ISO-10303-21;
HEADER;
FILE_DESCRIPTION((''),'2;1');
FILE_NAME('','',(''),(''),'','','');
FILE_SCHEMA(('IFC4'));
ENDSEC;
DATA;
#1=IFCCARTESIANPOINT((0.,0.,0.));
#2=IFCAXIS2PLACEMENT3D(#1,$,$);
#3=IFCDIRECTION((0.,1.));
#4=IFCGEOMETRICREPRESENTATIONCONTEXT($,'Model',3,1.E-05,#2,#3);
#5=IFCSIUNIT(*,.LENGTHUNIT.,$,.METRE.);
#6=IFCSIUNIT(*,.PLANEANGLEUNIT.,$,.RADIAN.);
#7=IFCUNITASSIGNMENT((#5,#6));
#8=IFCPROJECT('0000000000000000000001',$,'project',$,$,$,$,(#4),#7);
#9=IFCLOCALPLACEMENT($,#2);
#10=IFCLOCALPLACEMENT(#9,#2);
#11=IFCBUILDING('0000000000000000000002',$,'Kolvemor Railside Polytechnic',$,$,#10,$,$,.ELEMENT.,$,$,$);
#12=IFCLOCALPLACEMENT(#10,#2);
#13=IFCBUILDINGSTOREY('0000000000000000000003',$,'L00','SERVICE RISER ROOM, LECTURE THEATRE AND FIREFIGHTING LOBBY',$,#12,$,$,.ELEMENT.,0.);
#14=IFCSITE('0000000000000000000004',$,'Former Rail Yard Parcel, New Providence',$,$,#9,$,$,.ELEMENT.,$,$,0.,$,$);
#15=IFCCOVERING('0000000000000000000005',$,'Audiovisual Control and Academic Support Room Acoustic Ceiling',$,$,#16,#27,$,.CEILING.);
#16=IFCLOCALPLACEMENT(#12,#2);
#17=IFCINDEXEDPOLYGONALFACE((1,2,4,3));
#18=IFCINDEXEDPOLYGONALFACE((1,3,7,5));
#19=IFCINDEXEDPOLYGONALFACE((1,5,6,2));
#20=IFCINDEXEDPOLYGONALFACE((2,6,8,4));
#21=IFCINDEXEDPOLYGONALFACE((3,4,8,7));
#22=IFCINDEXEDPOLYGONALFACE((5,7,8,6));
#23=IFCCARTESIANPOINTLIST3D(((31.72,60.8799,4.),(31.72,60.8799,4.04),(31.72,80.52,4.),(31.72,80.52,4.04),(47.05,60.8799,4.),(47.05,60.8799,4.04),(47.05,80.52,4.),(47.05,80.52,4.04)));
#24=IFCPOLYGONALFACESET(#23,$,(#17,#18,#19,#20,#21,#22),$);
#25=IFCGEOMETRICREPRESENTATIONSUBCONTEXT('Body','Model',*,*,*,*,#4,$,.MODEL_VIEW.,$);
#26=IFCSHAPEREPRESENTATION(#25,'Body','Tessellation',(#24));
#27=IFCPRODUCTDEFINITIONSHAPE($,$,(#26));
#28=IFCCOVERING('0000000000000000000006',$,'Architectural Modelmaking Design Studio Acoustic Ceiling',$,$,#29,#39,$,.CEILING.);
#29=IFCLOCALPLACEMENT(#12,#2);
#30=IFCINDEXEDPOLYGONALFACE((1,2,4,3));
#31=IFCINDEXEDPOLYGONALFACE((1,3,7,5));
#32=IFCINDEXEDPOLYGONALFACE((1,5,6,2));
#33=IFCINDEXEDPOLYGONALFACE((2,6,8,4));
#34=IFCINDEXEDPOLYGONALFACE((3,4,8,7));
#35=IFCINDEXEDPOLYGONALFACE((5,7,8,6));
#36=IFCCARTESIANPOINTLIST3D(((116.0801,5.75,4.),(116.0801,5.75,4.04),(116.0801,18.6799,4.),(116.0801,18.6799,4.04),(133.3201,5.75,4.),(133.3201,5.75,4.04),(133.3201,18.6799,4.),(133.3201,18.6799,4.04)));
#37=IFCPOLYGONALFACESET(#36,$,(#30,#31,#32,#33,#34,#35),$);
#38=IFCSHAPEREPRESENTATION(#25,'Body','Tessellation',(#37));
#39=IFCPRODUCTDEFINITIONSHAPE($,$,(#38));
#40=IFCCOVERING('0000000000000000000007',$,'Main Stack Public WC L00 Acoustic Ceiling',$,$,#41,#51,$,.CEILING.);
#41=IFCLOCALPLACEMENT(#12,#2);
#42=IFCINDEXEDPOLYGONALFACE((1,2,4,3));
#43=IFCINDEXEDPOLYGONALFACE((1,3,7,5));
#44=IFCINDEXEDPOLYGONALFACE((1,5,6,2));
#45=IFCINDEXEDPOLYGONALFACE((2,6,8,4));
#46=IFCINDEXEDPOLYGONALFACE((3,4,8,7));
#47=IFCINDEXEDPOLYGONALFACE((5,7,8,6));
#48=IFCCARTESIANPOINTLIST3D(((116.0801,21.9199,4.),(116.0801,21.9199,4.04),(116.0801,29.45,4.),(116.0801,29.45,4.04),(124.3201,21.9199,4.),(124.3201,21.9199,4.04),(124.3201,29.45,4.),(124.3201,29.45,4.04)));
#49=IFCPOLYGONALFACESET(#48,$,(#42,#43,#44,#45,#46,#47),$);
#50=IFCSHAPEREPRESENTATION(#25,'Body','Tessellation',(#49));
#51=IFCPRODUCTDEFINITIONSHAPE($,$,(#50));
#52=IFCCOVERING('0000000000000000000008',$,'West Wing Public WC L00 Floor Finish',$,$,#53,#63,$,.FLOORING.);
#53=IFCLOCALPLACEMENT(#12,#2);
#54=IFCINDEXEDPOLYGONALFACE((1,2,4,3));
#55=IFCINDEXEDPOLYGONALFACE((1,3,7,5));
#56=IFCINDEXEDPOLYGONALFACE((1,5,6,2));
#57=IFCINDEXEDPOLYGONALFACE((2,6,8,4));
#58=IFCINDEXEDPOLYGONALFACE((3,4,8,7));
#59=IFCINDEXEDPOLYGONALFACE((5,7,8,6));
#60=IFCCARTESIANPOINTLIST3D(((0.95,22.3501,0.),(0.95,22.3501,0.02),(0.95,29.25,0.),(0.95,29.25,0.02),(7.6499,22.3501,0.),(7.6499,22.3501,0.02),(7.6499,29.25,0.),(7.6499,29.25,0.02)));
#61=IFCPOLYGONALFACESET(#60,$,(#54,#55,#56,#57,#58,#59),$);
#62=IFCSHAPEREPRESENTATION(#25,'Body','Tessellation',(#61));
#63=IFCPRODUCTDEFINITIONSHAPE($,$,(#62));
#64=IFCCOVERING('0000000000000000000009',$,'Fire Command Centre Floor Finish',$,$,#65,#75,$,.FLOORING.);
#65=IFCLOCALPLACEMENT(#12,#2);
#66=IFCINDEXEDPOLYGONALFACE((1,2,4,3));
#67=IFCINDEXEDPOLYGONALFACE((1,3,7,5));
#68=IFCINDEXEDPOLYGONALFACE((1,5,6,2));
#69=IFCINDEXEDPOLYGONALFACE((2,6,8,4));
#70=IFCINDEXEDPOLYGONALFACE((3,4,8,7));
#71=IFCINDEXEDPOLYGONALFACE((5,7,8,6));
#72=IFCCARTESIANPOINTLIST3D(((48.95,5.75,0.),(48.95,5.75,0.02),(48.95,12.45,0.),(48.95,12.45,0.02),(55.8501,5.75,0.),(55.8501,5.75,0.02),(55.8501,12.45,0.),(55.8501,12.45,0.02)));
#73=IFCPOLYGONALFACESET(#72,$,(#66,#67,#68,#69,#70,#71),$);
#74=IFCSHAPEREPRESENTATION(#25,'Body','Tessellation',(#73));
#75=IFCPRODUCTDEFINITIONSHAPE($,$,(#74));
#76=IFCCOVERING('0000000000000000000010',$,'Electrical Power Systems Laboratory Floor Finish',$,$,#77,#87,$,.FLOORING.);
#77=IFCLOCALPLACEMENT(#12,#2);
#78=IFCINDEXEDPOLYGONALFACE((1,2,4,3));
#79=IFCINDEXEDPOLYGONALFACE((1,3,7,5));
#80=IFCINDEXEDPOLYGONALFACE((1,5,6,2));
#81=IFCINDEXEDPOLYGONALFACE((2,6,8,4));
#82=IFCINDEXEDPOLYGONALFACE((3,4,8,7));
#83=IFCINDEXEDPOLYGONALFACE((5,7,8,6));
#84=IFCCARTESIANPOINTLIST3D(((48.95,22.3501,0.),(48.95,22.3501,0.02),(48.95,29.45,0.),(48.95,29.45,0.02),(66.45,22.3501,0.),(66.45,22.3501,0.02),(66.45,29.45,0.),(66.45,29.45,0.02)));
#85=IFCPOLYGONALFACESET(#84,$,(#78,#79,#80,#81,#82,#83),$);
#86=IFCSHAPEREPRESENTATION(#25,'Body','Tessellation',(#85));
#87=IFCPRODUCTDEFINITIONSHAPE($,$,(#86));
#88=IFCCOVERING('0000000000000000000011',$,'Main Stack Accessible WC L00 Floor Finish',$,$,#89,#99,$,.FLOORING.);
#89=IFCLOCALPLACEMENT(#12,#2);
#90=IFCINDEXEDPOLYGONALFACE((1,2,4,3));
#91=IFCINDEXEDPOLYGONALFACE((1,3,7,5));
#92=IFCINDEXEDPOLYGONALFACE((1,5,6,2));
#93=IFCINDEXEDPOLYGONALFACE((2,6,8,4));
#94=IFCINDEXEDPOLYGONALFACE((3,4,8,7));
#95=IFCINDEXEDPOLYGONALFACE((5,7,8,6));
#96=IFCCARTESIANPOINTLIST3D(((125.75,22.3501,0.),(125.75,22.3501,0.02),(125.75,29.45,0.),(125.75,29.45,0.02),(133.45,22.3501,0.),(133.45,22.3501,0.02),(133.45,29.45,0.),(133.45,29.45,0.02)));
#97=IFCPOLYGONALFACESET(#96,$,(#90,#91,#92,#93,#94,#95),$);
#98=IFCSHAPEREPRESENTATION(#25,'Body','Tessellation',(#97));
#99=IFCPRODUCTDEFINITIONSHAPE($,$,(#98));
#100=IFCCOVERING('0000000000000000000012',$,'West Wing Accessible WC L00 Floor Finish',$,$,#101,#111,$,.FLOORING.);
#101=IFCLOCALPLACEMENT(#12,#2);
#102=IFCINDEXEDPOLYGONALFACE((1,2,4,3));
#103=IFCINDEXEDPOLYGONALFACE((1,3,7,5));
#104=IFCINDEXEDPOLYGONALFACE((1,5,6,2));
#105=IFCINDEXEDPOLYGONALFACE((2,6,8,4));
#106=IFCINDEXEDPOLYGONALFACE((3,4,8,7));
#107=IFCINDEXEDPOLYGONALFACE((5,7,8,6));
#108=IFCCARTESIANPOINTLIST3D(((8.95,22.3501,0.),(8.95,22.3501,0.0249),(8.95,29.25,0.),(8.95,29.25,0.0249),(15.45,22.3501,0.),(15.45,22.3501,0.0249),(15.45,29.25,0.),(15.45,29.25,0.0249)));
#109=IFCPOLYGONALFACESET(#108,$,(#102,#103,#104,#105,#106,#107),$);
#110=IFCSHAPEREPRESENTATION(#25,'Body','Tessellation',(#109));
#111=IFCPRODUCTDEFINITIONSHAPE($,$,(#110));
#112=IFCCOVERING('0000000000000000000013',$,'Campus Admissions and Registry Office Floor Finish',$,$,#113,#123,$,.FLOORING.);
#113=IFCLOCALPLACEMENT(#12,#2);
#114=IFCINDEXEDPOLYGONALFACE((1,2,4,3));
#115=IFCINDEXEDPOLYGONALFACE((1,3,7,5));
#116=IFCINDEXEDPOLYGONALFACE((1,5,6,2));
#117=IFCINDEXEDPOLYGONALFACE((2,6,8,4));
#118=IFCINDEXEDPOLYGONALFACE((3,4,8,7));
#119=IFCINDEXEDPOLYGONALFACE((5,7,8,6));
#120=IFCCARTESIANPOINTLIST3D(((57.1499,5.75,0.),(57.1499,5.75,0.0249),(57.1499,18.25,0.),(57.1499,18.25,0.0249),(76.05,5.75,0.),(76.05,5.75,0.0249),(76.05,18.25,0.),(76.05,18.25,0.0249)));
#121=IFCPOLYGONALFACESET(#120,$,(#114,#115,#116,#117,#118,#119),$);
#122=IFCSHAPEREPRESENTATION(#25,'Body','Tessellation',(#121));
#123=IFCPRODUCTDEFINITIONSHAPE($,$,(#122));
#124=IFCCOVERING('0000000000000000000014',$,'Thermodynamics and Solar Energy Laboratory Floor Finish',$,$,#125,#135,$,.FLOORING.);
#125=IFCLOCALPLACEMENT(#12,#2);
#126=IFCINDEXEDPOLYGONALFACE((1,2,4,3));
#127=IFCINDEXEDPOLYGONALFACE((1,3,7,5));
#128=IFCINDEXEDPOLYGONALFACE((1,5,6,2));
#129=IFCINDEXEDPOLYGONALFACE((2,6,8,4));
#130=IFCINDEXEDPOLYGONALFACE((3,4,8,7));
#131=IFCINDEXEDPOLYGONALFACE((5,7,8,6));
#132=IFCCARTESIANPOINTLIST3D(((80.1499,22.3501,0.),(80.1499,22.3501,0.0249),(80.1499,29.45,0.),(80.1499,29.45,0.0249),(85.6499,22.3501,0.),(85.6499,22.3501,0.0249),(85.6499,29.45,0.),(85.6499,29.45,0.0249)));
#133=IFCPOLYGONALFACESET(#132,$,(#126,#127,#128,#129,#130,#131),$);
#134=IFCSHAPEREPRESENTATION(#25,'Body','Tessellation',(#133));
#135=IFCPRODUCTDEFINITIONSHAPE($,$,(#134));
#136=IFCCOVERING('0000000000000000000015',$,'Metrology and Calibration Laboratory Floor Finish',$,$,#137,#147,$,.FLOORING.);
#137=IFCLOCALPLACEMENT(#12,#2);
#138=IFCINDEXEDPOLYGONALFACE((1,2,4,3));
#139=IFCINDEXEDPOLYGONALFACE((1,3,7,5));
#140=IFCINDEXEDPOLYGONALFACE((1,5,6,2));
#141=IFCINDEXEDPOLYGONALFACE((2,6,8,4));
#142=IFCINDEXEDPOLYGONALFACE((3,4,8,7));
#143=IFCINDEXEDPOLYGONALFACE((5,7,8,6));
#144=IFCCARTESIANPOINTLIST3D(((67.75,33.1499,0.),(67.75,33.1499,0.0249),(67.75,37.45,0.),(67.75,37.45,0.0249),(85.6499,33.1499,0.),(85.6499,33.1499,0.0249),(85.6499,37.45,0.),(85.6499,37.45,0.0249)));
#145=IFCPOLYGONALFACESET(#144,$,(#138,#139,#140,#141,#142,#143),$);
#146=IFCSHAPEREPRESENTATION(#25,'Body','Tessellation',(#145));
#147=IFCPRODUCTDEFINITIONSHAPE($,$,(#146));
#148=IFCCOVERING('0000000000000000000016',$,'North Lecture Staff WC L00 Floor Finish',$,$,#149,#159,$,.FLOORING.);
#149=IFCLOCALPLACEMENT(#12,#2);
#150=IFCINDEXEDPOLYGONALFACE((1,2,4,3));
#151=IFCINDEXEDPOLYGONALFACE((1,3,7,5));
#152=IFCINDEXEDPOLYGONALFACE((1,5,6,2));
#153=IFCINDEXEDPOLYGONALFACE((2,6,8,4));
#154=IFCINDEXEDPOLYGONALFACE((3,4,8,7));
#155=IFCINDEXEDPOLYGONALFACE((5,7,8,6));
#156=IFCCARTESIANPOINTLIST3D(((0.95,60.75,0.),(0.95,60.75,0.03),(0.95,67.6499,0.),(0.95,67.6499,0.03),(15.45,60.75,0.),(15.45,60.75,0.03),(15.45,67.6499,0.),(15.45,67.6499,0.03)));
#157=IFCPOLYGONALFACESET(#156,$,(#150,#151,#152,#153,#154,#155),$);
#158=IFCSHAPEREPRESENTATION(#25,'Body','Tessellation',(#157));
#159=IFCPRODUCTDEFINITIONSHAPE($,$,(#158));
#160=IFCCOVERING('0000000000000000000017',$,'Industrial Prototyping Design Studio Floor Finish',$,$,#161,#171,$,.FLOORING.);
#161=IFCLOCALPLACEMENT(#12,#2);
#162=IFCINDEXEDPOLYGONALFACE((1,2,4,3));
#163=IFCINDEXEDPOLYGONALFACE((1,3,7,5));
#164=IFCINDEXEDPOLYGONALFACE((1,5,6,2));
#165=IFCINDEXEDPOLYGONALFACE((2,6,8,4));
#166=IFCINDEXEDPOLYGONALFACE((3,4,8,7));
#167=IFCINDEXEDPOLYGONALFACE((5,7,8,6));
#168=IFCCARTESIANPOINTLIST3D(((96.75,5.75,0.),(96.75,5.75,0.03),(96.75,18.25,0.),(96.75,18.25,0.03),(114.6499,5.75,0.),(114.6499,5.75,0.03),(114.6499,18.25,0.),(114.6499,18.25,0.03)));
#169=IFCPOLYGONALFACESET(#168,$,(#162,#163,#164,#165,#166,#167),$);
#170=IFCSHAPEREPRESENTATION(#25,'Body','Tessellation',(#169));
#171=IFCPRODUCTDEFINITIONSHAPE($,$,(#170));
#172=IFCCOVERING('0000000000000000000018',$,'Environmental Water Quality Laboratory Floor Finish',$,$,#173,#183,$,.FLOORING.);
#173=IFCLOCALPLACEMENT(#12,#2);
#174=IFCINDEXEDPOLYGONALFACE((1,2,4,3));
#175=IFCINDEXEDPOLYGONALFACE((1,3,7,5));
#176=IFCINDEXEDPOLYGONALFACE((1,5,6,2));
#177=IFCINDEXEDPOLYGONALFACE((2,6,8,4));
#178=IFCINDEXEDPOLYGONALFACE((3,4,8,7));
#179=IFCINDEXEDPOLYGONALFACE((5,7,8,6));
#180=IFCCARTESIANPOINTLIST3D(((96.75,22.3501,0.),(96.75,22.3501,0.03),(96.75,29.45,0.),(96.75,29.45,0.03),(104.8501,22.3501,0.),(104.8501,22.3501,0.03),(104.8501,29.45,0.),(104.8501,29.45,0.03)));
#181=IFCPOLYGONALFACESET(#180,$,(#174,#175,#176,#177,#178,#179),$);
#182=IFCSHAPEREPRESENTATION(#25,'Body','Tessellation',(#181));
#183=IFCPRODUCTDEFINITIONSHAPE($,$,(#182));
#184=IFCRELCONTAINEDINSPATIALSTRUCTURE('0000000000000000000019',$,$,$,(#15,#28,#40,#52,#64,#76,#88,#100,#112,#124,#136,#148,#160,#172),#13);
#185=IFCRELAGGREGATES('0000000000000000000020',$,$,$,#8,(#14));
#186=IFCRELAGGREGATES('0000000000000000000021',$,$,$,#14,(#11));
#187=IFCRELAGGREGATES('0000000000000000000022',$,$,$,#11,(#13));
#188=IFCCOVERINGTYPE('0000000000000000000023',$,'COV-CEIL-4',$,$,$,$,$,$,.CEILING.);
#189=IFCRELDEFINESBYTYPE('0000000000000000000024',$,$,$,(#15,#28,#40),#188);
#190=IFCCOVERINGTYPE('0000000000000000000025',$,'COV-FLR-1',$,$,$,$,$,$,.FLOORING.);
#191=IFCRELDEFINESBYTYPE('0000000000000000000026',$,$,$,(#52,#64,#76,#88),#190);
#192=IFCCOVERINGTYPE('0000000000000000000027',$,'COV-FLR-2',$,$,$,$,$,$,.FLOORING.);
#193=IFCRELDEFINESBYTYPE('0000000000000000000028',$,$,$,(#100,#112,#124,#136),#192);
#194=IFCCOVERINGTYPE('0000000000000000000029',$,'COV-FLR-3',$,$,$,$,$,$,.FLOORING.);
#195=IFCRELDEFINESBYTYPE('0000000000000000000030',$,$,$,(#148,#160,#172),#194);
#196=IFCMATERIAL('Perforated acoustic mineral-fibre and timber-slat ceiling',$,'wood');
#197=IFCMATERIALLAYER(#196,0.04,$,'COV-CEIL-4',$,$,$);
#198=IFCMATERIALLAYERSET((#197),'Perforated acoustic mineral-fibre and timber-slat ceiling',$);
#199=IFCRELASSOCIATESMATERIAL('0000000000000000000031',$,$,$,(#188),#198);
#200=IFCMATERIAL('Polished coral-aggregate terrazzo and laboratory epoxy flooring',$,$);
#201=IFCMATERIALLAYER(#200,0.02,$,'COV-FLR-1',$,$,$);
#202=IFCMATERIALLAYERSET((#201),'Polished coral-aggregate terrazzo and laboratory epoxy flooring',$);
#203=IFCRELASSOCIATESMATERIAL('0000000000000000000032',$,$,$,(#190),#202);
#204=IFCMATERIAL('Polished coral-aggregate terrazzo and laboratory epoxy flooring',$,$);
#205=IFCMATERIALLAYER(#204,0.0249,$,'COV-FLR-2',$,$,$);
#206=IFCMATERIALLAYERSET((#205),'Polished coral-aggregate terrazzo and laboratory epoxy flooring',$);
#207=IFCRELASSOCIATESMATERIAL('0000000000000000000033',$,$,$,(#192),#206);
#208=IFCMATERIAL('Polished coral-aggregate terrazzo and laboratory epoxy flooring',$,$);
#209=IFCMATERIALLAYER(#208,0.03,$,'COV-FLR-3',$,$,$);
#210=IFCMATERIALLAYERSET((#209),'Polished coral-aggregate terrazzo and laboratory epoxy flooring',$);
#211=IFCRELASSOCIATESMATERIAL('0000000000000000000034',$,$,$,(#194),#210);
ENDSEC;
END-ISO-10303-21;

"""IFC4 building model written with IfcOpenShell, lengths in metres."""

from ifc_helpers import new_model, si_unit, direction, frame, origin, place, context, subcontext, project, spatial, polyline, outline, extrude, material, layer, layer_set, type_object, element, save


model = new_model("IFC4")

# Units and contexts
model_context = context("Model", 3, precision=1e-05, world=origin(), true_north=direction((0.0, 1.0)))
body_context = subcontext(model_context, "Body", "Model", "MODEL_VIEW")
ifc_project = project(units=[si_unit("LENGTHUNIT", "METRE"), si_unit("PLANEANGLEUNIT", "RADIAN")], contexts=[model_context])

# Site, building, storey
site_placement = place(None, origin())
site = spatial("IfcSite", under=ifc_project, at=site_placement, Name="Former Rail Yard Parcel, New Providence", CompositionType="ELEMENT", RefElevation=0.0)
building_placement = place(site_placement, origin())
building = spatial("IfcBuilding", under=site, at=building_placement, Name="Kolvemor Railside Polytechnic", CompositionType="ELEMENT")
storey_placement = place(building_placement, origin())
storey = spatial("IfcBuildingStorey", under=building, at=storey_placement, Name="L00", Description="SERVICE RISER ROOM, LECTURE THEATRE AND FIREFIGHTING LOBBY", CompositionType="ELEMENT", Elevation=0.0)

# Coverings
ifc_material_1 = material(Name="Perforated acoustic mineral-fibre and timber-slat ceiling", Category="wood")
ifc_layer_1 = layer(ifc_material_1, 0.04, Name="COV-CEIL-4")
ifc_layer_set_1 = layer_set([ifc_layer_1], Name="Perforated acoustic mineral-fibre and timber-slat ceiling")
covering_type_1 = type_object("IfcCoveringType", Name="COV-CEIL-4", PredefinedType="CEILING", material=ifc_layer_set_1)
covering_1_placement = place(storey_placement, frame((0.0, 0.0, 4.0)))
element("IfcCovering", 1, at=covering_1_placement, inside=storey, type_object=covering_type_1, Name="Audiovisual Control and Academic Support Room Acoustic Ceiling", PredefinedType="CEILING", context=body_context, shape_type="SweptSolid", body=[
    extrude(outline(polyline([(31.72, 60.8799), (47.05, 60.8799), (47.05, 80.52), (31.72, 80.52), (31.72, 60.8799)])), origin(), (0.0, 0.0, 1.0), 0.04),
])
covering_2_placement = place(storey_placement, frame((0.0, 0.0, 4.0)))
element("IfcCovering", 2, at=covering_2_placement, inside=storey, type_object=covering_type_1, Name="Architectural Modelmaking Design Studio Acoustic Ceiling", PredefinedType="CEILING", context=body_context, shape_type="SweptSolid", body=[
    extrude(outline(polyline([(116.0801, 5.75), (133.3201, 5.75), (133.3201, 18.6799), (116.0801, 18.6799), (116.0801, 5.75)])), origin(), (0.0, 0.0, 1.0), 0.04),
])
covering_3_placement = place(storey_placement, frame((0.0, 0.0, 4.0)))
element("IfcCovering", 3, at=covering_3_placement, inside=storey, type_object=covering_type_1, Name="Main Stack Public WC L00 Acoustic Ceiling", PredefinedType="CEILING", context=body_context, shape_type="SweptSolid", body=[
    extrude(outline(polyline([(116.0801, 21.9199), (124.3201, 21.9199), (124.3201, 29.45), (116.0801, 29.45), (116.0801, 21.9199)])), origin(), (0.0, 0.0, 1.0), 0.04),
])
ifc_material_2 = material(Name="Polished coral-aggregate terrazzo and laboratory epoxy flooring")
ifc_layer_2 = layer(ifc_material_2, 0.02, Name="COV-FLR-1")
ifc_layer_set_2 = layer_set([ifc_layer_2], Name="Polished coral-aggregate terrazzo and laboratory epoxy flooring")
covering_type_2 = type_object("IfcCoveringType", Name="COV-FLR-1", PredefinedType="FLOORING", material=ifc_layer_set_2)
covering_4_placement = place(storey_placement, origin())
element("IfcCovering", 4, at=covering_4_placement, inside=storey, type_object=covering_type_2, Name="West Wing Public WC L00 Floor Finish", PredefinedType="FLOORING", context=body_context, shape_type="SweptSolid", body=[
    extrude(outline(polyline([(0.95, 22.3501), (7.6499, 22.3501), (7.6499, 29.25), (0.95, 29.25), (0.95, 22.3501)])), origin(), (0.0, 0.0, 1.0), 0.02),
])
covering_5_placement = place(storey_placement, origin())
element("IfcCovering", 5, at=covering_5_placement, inside=storey, type_object=covering_type_2, Name="Fire Command Centre Floor Finish", PredefinedType="FLOORING", context=body_context, shape_type="SweptSolid", body=[
    extrude(outline(polyline([(48.95, 5.75), (55.8501, 5.75), (55.8501, 12.45), (48.95, 12.45), (48.95, 5.75)])), origin(), (0.0, 0.0, 1.0), 0.02),
])
covering_6_placement = place(storey_placement, origin())
element("IfcCovering", 6, at=covering_6_placement, inside=storey, type_object=covering_type_2, Name="Electrical Power Systems Laboratory Floor Finish", PredefinedType="FLOORING", context=body_context, shape_type="SweptSolid", body=[
    extrude(outline(polyline([(48.95, 22.3501), (66.45, 22.3501), (66.45, 29.45), (48.95, 29.45), (48.95, 22.3501)])), origin(), (0.0, 0.0, 1.0), 0.02),
])
covering_7_placement = place(storey_placement, origin())
element("IfcCovering", 7, at=covering_7_placement, inside=storey, type_object=covering_type_2, Name="Main Stack Accessible WC L00 Floor Finish", PredefinedType="FLOORING", context=body_context, shape_type="SweptSolid", body=[
    extrude(outline(polyline([(125.75, 22.3501), (133.45, 22.3501), (133.45, 29.45), (125.75, 29.45), (125.75, 22.3501)])), origin(), (0.0, 0.0, 1.0), 0.02),
])
ifc_material_3 = material(Name="Polished coral-aggregate terrazzo and laboratory epoxy flooring")
ifc_layer_3 = layer(ifc_material_3, 0.0249, Name="COV-FLR-2")
ifc_layer_set_3 = layer_set([ifc_layer_3], Name="Polished coral-aggregate terrazzo and laboratory epoxy flooring")
covering_type_3 = type_object("IfcCoveringType", Name="COV-FLR-2", PredefinedType="FLOORING", material=ifc_layer_set_3)
covering_8_placement = place(storey_placement, origin())
element("IfcCovering", 8, at=covering_8_placement, inside=storey, type_object=covering_type_3, Name="West Wing Accessible WC L00 Floor Finish", PredefinedType="FLOORING", context=body_context, shape_type="SweptSolid", body=[
    extrude(outline(polyline([(8.95, 22.3501), (15.45, 22.3501), (15.45, 29.25), (8.95, 29.25), (8.95, 22.3501)])), origin(), (0.0, 0.0, 1.0), 0.0249),
])
covering_9_placement = place(storey_placement, origin())
element("IfcCovering", 9, at=covering_9_placement, inside=storey, type_object=covering_type_3, Name="Campus Admissions and Registry Office Floor Finish", PredefinedType="FLOORING", context=body_context, shape_type="SweptSolid", body=[
    extrude(outline(polyline([(57.1499, 5.75), (76.05, 5.75), (76.05, 18.25), (57.1499, 18.25), (57.1499, 5.75)])), origin(), (0.0, 0.0, 1.0), 0.0249),
])
covering_10_placement = place(storey_placement, origin())
element("IfcCovering", 10, at=covering_10_placement, inside=storey, type_object=covering_type_3, Name="Thermodynamics and Solar Energy Laboratory Floor Finish", PredefinedType="FLOORING", context=body_context, shape_type="SweptSolid", body=[
    extrude(outline(polyline([(80.1499, 22.3501), (85.6499, 22.3501), (85.6499, 29.45), (80.1499, 29.45), (80.1499, 22.3501)])), origin(), (0.0, 0.0, 1.0), 0.0249),
])
covering_11_placement = place(storey_placement, origin())
element("IfcCovering", 11, at=covering_11_placement, inside=storey, type_object=covering_type_3, Name="Metrology and Calibration Laboratory Floor Finish", PredefinedType="FLOORING", context=body_context, shape_type="SweptSolid", body=[
    extrude(outline(polyline([(67.75, 33.1499), (85.6499, 33.1499), (85.6499, 37.45), (67.75, 37.45), (67.75, 33.1499)])), origin(), (0.0, 0.0, 1.0), 0.0249),
])
ifc_material_4 = material(Name="Polished coral-aggregate terrazzo and laboratory epoxy flooring")
ifc_layer_4 = layer(ifc_material_4, 0.03, Name="COV-FLR-3")
ifc_layer_set_4 = layer_set([ifc_layer_4], Name="Polished coral-aggregate terrazzo and laboratory epoxy flooring")
covering_type_4 = type_object("IfcCoveringType", Name="COV-FLR-3", PredefinedType="FLOORING", material=ifc_layer_set_4)
covering_12_placement = place(storey_placement, origin())
element("IfcCovering", 12, at=covering_12_placement, inside=storey, type_object=covering_type_4, Name="North Lecture Staff WC L00 Floor Finish", PredefinedType="FLOORING", context=body_context, shape_type="SweptSolid", body=[
    extrude(outline(polyline([(0.95, 60.75), (15.45, 60.75), (15.45, 67.6499), (0.95, 67.6499), (0.95, 60.75)])), origin(), (0.0, 0.0, 1.0), 0.03),
])
covering_13_placement = place(storey_placement, origin())
element("IfcCovering", 13, at=covering_13_placement, inside=storey, type_object=covering_type_4, Name="Industrial Prototyping Design Studio Floor Finish", PredefinedType="FLOORING", context=body_context, shape_type="SweptSolid", body=[
    extrude(outline(polyline([(96.75, 5.75), (114.6499, 5.75), (114.6499, 18.25), (96.75, 18.25), (96.75, 5.75)])), origin(), (0.0, 0.0, 1.0), 0.03),
])
covering_14_placement = place(storey_placement, origin())
element("IfcCovering", 14, at=covering_14_placement, inside=storey, type_object=covering_type_4, Name="Environmental Water Quality Laboratory Floor Finish", PredefinedType="FLOORING", context=body_context, shape_type="SweptSolid", body=[
    extrude(outline(polyline([(96.75, 22.3501), (104.8501, 22.3501), (104.8501, 29.45), (96.75, 29.45), (96.75, 22.3501)])), origin(), (0.0, 0.0, 1.0), 0.03),
])

save(model, "model.ifc")
